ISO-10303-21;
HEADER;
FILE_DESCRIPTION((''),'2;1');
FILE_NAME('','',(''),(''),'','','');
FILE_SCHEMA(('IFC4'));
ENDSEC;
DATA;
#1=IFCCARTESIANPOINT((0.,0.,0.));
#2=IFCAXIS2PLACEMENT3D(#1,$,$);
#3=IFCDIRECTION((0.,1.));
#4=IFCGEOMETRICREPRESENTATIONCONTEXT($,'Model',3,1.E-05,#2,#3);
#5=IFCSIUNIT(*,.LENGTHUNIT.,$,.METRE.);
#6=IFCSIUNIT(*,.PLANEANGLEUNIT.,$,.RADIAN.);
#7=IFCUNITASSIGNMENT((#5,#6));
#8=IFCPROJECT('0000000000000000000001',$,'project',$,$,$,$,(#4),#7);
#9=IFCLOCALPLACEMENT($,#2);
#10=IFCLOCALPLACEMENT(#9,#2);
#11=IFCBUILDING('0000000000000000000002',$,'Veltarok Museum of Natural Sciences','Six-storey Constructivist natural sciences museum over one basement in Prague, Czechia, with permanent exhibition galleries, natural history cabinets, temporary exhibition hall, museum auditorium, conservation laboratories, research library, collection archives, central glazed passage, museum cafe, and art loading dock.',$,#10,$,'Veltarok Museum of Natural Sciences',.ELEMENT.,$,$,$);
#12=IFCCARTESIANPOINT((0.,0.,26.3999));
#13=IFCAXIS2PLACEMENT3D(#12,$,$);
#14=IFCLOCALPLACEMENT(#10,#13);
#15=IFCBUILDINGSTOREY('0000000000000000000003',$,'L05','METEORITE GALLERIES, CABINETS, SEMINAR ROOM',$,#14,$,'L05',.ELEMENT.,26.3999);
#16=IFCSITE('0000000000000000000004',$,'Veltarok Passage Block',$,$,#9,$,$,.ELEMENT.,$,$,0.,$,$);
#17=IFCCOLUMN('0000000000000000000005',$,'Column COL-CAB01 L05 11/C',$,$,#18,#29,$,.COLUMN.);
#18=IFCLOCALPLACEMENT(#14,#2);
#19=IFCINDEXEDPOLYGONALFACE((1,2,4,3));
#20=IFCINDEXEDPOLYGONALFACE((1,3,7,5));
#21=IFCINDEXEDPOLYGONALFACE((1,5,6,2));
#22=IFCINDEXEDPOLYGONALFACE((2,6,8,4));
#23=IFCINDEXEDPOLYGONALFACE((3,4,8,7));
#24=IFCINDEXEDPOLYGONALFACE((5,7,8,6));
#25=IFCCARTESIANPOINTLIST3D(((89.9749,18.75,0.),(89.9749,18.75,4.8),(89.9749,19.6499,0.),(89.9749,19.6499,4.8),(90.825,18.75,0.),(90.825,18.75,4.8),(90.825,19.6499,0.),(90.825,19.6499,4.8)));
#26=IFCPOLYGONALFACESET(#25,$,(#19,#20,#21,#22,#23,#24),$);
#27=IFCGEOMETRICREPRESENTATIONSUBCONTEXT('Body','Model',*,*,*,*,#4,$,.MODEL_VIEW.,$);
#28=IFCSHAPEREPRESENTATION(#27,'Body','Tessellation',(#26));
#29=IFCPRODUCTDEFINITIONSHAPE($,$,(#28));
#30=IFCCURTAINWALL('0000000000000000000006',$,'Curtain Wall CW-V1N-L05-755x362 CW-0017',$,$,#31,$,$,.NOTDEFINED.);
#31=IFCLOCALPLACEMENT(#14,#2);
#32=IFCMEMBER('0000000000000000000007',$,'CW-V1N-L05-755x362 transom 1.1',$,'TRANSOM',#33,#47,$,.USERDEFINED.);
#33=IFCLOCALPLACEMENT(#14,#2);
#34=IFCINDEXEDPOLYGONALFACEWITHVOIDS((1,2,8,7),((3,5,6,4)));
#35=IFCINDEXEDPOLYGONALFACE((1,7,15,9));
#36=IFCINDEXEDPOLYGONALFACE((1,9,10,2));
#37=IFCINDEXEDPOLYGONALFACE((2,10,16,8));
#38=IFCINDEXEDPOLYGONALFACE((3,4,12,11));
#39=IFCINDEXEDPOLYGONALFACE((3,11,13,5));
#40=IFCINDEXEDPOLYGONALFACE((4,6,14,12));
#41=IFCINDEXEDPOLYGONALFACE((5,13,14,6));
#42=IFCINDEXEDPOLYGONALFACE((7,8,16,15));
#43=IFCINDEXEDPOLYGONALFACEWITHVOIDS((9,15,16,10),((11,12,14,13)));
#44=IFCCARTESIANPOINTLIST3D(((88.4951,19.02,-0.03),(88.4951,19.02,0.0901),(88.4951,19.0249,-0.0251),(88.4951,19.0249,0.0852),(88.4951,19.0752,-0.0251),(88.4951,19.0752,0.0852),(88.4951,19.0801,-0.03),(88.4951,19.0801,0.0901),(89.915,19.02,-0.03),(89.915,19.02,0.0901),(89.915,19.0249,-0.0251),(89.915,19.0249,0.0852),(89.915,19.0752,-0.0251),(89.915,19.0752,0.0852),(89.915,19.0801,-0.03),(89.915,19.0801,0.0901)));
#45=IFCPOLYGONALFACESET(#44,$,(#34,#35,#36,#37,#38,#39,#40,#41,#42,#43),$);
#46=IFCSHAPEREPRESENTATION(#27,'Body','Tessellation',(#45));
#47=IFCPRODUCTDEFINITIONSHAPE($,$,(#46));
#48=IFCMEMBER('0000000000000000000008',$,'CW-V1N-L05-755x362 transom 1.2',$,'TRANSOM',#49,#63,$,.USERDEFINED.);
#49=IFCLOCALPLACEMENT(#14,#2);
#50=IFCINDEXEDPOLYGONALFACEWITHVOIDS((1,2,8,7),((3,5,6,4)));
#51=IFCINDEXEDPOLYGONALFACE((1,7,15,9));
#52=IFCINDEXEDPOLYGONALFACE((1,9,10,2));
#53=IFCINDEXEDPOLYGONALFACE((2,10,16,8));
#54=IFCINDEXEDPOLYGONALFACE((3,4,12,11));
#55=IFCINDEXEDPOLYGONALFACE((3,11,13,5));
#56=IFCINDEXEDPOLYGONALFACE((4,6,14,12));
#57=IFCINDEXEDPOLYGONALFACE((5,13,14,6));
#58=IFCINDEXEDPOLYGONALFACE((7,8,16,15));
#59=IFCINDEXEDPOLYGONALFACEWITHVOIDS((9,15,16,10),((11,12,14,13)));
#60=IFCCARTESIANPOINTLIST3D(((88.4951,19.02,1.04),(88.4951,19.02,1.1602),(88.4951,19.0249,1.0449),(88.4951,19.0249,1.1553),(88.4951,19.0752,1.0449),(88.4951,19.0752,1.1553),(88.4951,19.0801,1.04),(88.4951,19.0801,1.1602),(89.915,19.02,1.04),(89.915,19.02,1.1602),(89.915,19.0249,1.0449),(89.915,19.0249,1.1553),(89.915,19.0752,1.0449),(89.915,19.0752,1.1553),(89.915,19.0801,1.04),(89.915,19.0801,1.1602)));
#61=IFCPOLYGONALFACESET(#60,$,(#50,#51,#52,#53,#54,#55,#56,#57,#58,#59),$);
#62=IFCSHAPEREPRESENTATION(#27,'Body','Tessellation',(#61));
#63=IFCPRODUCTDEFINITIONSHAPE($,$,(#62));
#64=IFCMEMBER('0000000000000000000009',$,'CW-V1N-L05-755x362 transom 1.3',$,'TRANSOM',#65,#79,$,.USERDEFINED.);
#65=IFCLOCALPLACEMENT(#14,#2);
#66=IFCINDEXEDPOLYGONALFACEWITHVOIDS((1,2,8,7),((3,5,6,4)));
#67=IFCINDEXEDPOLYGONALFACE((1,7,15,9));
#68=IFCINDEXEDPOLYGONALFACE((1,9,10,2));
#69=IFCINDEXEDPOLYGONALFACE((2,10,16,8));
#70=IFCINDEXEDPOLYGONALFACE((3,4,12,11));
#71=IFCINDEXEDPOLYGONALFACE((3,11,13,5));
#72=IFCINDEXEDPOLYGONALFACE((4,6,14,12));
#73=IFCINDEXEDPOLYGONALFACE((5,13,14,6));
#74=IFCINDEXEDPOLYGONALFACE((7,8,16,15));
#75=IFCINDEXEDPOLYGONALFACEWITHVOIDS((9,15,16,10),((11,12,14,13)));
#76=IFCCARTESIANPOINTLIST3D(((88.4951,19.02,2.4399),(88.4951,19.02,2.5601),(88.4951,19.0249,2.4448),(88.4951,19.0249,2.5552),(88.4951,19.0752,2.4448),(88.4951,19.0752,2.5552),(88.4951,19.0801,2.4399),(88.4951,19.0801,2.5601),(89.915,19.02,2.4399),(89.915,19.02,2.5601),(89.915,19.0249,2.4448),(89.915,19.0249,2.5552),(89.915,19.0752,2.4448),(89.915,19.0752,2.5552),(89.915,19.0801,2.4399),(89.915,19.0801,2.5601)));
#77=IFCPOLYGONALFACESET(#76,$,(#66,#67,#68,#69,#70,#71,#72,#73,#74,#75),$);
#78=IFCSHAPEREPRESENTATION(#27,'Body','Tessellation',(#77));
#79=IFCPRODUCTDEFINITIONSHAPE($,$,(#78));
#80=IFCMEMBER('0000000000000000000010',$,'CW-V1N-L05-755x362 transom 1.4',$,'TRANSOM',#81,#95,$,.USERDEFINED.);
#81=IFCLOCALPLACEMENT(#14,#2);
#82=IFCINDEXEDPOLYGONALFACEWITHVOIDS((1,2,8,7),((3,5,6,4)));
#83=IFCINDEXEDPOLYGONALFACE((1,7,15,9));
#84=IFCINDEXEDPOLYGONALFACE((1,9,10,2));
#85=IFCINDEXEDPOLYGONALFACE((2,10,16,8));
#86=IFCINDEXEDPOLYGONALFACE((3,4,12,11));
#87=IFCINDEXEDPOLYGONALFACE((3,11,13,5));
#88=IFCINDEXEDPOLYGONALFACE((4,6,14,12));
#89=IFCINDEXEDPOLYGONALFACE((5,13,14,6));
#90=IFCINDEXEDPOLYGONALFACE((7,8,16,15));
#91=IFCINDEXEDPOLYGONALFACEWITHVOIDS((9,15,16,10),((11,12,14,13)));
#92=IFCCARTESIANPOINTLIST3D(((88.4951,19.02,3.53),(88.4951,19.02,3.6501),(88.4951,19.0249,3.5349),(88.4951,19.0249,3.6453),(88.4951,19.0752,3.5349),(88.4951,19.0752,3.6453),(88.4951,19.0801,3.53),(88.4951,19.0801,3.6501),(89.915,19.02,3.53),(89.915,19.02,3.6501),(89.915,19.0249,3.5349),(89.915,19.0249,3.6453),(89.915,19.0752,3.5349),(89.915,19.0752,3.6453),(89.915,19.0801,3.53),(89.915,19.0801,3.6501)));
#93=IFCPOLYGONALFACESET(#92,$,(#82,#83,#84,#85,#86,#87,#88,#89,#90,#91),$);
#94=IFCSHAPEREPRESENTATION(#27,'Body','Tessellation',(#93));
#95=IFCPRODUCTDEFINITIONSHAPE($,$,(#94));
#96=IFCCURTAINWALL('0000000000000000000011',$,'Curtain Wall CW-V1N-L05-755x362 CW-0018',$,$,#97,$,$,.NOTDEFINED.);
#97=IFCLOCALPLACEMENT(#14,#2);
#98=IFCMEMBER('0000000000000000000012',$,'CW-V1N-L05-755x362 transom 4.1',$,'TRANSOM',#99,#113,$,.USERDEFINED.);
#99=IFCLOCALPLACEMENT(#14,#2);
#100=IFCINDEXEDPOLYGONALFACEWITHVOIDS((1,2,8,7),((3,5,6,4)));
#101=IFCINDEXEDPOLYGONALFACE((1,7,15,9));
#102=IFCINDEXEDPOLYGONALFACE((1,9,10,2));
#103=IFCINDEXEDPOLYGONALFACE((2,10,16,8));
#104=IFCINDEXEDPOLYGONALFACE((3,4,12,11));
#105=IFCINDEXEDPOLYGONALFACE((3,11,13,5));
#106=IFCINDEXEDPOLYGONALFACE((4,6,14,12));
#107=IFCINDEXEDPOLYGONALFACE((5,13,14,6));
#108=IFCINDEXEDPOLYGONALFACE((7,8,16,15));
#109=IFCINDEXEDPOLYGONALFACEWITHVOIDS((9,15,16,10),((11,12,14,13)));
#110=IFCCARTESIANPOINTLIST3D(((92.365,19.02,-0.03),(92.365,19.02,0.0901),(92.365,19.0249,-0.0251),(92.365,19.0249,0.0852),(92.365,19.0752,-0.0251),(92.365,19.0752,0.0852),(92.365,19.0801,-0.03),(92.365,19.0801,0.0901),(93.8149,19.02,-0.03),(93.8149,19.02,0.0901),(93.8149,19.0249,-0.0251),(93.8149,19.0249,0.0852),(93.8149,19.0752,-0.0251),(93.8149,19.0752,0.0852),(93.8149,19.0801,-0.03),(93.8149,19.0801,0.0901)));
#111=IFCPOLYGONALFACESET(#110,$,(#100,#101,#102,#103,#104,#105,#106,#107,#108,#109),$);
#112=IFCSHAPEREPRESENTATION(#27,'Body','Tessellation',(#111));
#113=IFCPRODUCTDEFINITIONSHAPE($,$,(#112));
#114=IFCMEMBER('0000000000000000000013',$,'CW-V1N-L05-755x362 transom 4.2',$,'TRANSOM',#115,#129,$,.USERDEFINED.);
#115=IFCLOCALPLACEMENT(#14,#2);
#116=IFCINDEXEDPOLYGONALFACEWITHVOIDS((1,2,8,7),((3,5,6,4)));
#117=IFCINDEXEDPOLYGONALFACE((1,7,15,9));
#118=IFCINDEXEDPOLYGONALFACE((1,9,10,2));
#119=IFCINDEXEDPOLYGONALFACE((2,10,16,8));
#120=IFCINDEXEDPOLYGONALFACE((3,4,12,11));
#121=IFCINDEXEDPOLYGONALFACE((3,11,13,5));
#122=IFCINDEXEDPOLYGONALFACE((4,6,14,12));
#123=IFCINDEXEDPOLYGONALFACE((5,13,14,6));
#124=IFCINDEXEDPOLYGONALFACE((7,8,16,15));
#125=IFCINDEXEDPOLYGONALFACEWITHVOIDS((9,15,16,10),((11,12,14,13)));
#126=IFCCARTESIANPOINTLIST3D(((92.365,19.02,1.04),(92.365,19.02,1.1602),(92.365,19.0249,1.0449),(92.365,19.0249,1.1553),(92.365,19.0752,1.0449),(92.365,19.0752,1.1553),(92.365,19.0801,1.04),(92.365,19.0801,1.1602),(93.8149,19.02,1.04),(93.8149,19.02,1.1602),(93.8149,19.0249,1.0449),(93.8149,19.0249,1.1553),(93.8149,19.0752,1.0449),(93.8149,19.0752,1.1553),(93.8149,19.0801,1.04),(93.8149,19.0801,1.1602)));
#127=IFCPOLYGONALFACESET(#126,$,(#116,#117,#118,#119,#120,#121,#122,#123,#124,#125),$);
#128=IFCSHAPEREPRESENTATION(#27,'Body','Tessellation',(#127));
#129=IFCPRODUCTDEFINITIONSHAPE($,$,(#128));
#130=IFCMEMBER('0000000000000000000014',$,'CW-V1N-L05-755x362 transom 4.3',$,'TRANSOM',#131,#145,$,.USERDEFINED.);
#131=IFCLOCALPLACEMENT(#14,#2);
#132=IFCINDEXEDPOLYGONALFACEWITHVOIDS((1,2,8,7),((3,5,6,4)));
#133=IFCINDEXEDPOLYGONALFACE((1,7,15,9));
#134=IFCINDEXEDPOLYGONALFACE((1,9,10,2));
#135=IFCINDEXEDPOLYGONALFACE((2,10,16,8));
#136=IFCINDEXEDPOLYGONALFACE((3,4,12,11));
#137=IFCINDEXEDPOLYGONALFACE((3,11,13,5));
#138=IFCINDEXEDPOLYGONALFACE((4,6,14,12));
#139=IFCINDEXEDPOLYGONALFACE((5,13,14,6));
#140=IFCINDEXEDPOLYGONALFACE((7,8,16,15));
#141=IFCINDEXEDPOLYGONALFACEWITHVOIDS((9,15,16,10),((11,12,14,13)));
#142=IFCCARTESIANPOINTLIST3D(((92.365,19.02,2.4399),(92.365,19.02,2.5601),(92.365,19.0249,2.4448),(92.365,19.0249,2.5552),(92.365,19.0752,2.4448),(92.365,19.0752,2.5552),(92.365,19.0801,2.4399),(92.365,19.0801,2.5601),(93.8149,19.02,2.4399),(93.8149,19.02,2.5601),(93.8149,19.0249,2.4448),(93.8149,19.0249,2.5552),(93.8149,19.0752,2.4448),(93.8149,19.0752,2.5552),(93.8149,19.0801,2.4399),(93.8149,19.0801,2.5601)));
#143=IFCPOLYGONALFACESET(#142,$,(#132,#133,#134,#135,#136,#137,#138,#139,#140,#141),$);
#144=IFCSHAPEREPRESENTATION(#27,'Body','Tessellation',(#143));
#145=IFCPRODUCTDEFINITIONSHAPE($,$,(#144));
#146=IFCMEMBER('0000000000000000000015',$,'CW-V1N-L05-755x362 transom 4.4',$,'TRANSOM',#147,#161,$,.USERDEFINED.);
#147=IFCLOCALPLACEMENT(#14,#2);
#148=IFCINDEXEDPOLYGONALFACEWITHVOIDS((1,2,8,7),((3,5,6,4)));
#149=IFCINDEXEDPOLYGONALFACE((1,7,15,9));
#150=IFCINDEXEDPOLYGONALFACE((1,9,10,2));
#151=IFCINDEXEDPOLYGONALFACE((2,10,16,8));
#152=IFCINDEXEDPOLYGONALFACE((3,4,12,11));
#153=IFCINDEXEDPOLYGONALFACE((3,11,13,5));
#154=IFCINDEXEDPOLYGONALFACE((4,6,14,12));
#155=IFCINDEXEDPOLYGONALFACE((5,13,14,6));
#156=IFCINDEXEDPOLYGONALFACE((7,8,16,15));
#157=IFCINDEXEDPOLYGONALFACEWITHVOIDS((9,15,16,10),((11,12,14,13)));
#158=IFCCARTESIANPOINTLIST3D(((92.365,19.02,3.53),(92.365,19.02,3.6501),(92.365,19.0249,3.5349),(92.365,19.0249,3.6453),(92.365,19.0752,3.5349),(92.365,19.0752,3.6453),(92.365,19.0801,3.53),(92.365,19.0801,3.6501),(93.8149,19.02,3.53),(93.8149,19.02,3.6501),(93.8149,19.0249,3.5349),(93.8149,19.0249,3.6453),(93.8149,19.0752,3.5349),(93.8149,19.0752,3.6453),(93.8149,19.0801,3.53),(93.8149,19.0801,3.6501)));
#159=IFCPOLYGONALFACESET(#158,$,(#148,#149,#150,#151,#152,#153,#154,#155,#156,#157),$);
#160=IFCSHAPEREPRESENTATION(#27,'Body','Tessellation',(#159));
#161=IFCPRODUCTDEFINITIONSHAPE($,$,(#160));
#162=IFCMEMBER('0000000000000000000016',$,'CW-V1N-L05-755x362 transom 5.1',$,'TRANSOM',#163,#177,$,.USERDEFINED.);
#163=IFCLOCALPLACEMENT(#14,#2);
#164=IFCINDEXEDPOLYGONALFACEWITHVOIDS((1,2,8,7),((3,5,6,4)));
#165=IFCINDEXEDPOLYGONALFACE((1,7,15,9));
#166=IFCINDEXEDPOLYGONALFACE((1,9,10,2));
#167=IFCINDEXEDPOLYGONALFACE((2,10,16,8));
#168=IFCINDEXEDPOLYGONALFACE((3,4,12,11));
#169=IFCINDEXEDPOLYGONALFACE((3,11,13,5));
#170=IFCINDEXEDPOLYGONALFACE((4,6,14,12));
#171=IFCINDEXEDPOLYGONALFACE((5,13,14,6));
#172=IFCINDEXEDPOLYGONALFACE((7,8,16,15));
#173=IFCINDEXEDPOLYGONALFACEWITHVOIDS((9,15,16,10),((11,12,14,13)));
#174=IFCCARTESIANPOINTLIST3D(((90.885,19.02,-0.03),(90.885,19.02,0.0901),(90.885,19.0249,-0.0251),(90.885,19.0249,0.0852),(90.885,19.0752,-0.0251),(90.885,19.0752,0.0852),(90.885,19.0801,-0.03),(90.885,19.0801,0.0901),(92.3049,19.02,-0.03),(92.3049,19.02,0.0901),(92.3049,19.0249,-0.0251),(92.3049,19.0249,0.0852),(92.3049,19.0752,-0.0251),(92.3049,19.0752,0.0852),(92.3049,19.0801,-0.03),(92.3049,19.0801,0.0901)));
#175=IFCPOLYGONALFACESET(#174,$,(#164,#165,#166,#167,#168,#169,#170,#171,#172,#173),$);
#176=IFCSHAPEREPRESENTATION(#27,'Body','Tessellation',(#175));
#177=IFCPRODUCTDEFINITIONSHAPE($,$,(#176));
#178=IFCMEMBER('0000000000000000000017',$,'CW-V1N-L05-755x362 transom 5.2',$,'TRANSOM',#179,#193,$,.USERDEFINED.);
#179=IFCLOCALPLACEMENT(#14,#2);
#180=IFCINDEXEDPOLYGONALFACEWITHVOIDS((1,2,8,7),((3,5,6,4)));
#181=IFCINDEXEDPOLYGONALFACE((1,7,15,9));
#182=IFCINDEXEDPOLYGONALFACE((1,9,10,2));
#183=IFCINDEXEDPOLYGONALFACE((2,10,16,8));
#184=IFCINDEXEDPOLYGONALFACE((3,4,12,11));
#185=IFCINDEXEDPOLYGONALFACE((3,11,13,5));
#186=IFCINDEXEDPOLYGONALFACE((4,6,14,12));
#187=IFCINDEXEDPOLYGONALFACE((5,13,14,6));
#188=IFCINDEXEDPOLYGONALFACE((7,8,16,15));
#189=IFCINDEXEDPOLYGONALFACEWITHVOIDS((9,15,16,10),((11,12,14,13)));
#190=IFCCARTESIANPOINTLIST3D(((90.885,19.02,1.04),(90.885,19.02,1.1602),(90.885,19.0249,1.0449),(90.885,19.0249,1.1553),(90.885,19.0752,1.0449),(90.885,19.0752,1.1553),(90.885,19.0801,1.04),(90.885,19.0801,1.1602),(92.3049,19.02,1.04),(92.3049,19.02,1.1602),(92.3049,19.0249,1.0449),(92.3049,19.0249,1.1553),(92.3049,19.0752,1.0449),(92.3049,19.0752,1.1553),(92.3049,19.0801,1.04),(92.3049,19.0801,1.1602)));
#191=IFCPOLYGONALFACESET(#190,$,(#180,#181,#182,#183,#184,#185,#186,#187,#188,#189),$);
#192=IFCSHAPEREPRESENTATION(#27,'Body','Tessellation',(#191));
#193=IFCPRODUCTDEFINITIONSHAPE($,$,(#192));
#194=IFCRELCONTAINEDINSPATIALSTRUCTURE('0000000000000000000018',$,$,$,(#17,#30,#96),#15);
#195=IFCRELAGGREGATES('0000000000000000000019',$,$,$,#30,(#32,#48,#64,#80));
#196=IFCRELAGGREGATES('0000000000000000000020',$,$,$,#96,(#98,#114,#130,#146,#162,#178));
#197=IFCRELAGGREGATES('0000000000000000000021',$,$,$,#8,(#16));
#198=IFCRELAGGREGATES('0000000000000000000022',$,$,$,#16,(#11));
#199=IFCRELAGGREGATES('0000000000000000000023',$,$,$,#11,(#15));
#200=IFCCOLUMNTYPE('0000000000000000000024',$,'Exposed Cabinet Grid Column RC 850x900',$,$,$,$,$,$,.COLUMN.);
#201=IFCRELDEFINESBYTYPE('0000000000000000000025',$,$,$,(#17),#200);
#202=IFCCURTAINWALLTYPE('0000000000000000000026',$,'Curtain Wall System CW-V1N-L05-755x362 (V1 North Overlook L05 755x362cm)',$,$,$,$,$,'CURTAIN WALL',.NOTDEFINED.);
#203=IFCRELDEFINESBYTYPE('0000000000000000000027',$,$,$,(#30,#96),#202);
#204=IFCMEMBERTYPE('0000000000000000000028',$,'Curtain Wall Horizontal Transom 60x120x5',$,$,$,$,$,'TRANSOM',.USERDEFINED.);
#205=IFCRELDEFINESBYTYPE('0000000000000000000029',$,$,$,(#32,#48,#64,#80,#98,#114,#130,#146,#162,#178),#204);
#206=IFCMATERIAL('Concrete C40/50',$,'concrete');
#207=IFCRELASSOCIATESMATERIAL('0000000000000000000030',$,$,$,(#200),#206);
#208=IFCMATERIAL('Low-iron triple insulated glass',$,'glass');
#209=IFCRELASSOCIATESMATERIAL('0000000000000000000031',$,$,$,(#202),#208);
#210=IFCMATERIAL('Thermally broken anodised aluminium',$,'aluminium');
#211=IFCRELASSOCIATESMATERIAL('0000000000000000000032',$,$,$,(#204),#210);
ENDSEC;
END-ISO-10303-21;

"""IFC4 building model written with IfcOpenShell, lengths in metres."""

from ifc_helpers import new_model, si_unit, direction, frame, origin, origin_2d, place, context, subcontext, project, spatial, rectangle, hollow_rectangle, extrude, material, material_profile, profile_set, type_object, element, aggregate, save


model = new_model("IFC4")

# Units and contexts
model_context = context("Model", 3, precision=1e-05, world=origin(), true_north=direction((0.0, 1.0)))
body_context = subcontext(model_context, "Body", "Model", "MODEL_VIEW")
ifc_project = project(units=[si_unit("LENGTHUNIT", "METRE"), si_unit("PLANEANGLEUNIT", "RADIAN")], contexts=[model_context])

# Site, building, storey
site_placement = place(None, origin())
site = spatial("IfcSite", under=ifc_project, at=site_placement, Name="Veltarok Passage Block", CompositionType="ELEMENT", RefElevation=0.0)
building_placement = place(site_placement, origin())
building = spatial("IfcBuilding", under=site, at=building_placement, Name="Veltarok Museum of Natural Sciences", Description="Six-storey Constructivist natural sciences museum over one basement in Prague, Czechia, with permanent exhibition galleries, natural history cabinets, temporary exhibition hall, museum auditorium, conservation laboratories, research library, collection archives, central glazed passage, museum cafe, and art loading dock.", LongName="Veltarok Museum of Natural Sciences", CompositionType="ELEMENT")
storey_placement = place(building_placement, frame((0.0, 0.0, 26.3999)))
storey = spatial("IfcBuildingStorey", under=building, at=storey_placement, Name="L05", Description="METEORITE GALLERIES, CABINETS, SEMINAR ROOM", LongName="L05", CompositionType="ELEMENT", Elevation=26.3999)

# Column
ifc_material_1 = material(Name="Concrete C40/50", Category="concrete")
ifc_material_profile_1 = material_profile(ifc_material_1, rectangle(XDim=0.8501, YDim=0.8999, at=origin_2d()), Name="RC 850x900")
ifc_profile_set_1 = profile_set([ifc_material_profile_1], Name="Concrete C40/50")
column_type = type_object("IfcColumnType", Name="Exposed Cabinet Grid Column RC 850x900", PredefinedType="COLUMN", material=ifc_profile_set_1)
column_placement = place(storey_placement, frame((90.3999, 19.2, 0.0), z_axis=(0.0, 0.0, 1.0), x_axis=(1.0, 0.0, 0.0)))
element("IfcColumn", 1, at=column_placement, inside=storey, type_object=column_type, Name="Column COL-CAB01 L05 11/C", PredefinedType="COLUMN", context=body_context, shape_type="SweptSolid", body=[
    extrude(rectangle(XDim=0.8501, YDim=0.8999, at=origin_2d()), origin(), (0.0, 0.0, 1.0), 4.8),
])

# Curtain walls, members
ifc_material_2 = material(Name="Low-iron triple insulated glass", Category="glass")
curtain_wall_type = type_object("IfcCurtainWallType", Name="Curtain Wall System CW-V1N-L05-755x362 (V1 North Overlook L05 755x362cm)", ElementType="CURTAIN WALL", PredefinedType="NOTDEFINED", material=ifc_material_2)
curtain_wall_1_placement = place(storey_placement, origin())
curtain_wall_1 = element("IfcCurtainWall", 2, at=curtain_wall_1_placement, inside=storey, type_object=curtain_wall_type, Name="Curtain Wall CW-V1N-L05-755x362 CW-0017", PredefinedType="NOTDEFINED")
ifc_material_3 = material(Name="Thermally broken anodised aluminium", Category="aluminium")
ifc_material_profile_2 = material_profile(ifc_material_3, hollow_rectangle(XDim=0.0601, YDim=0.1201, WallThickness=0.0049, at=origin_2d()), Name="CW TRANSOM 60x120x5")
ifc_profile_set_2 = profile_set([ifc_material_profile_2], Name="Thermally broken anodised aluminium")
member_type_1 = type_object("IfcMemberType", Name="Curtain Wall Horizontal Transom 60x120x5", ElementType="TRANSOM", PredefinedType="USERDEFINED", material=ifc_profile_set_2)
member_1_placement = place(storey_placement, frame((89.915, 19.05, 0.03), z_axis=(-1.0, 0.0, 0.0), x_axis=(0.0, -1.0, 0.0)))
member_1 = element("IfcMember", 3, at=member_1_placement, type_object=member_type_1, Name="CW-V1N-L05-755x362 transom 1.1", ObjectType="TRANSOM", PredefinedType="USERDEFINED", context=body_context, shape_type="SweptSolid", body=[
    extrude(hollow_rectangle(XDim=0.0601, YDim=0.1201, WallThickness=0.0049, at=origin_2d()), origin(), (0.0, 0.0, 1.0), 1.4199),
])
member_2_placement = place(storey_placement, frame((89.915, 19.05, 1.1001), z_axis=(-1.0, 0.0, 0.0), x_axis=(0.0, -1.0, 0.0)))
member_2 = element("IfcMember", 4, at=member_2_placement, type_object=member_type_1, Name="CW-V1N-L05-755x362 transom 1.2", ObjectType="TRANSOM", PredefinedType="USERDEFINED", context=body_context, shape_type="SweptSolid", body=[
    extrude(hollow_rectangle(XDim=0.0601, YDim=0.1201, WallThickness=0.0049, at=origin_2d()), origin(), (0.0, 0.0, 1.0), 1.4199),
])
member_3_placement = place(storey_placement, frame((89.915, 19.05, 2.5), z_axis=(-1.0, 0.0, 0.0), x_axis=(0.0, -1.0, 0.0)))
member_3 = element("IfcMember", 5, at=member_3_placement, type_object=member_type_1, Name="CW-V1N-L05-755x362 transom 1.3", ObjectType="TRANSOM", PredefinedType="USERDEFINED", context=body_context, shape_type="SweptSolid", body=[
    extrude(hollow_rectangle(XDim=0.0601, YDim=0.1201, WallThickness=0.0049, at=origin_2d()), origin(), (0.0, 0.0, 1.0), 1.4199),
])
member_4_placement = place(storey_placement, frame((89.915, 19.05, 3.5901), z_axis=(-1.0, 0.0, 0.0), x_axis=(0.0, -1.0, 0.0)))
member_4 = element("IfcMember", 6, at=member_4_placement, type_object=member_type_1, Name="CW-V1N-L05-755x362 transom 1.4", ObjectType="TRANSOM", PredefinedType="USERDEFINED", context=body_context, shape_type="SweptSolid", body=[
    extrude(hollow_rectangle(XDim=0.0601, YDim=0.1201, WallThickness=0.0049, at=origin_2d()), origin(), (0.0, 0.0, 1.0), 1.4199),
])
curtain_wall_2_placement = place(storey_placement, origin())
curtain_wall_2 = element("IfcCurtainWall", 7, at=curtain_wall_2_placement, inside=storey, type_object=curtain_wall_type, Name="Curtain Wall CW-V1N-L05-755x362 CW-0018", PredefinedType="NOTDEFINED")
member_5_placement = place(storey_placement, frame((93.8149, 19.05, 0.03), z_axis=(-1.0, 0.0, 0.0), x_axis=(0.0, -1.0, 0.0)))
member_5 = element("IfcMember", 8, at=member_5_placement, type_object=member_type_1, Name="CW-V1N-L05-755x362 transom 4.1", ObjectType="TRANSOM", PredefinedType="USERDEFINED", context=body_context, shape_type="SweptSolid", body=[
    extrude(hollow_rectangle(XDim=0.0601, YDim=0.1201, WallThickness=0.0049, at=origin_2d()), origin(), (0.0, 0.0, 1.0), 1.45),
])
member_6_placement = place(storey_placement, frame((93.8149, 19.05, 1.1001), z_axis=(-1.0, 0.0, 0.0), x_axis=(0.0, -1.0, 0.0)))
member_6 = element("IfcMember", 9, at=member_6_placement, type_object=member_type_1, Name="CW-V1N-L05-755x362 transom 4.2", ObjectType="TRANSOM", PredefinedType="USERDEFINED", context=body_context, shape_type="SweptSolid", body=[
    extrude(hollow_rectangle(XDim=0.0601, YDim=0.1201, WallThickness=0.0049, at=origin_2d()), origin(), (0.0, 0.0, 1.0), 1.45),
])
member_7_placement = place(storey_placement, frame((93.8149, 19.05, 2.5), z_axis=(-1.0, 0.0, 0.0), x_axis=(0.0, -1.0, 0.0)))
member_7 = element("IfcMember", 10, at=member_7_placement, type_object=member_type_1, Name="CW-V1N-L05-755x362 transom 4.3", ObjectType="TRANSOM", PredefinedType="USERDEFINED", context=body_context, shape_type="SweptSolid", body=[
    extrude(hollow_rectangle(XDim=0.0601, YDim=0.1201, WallThickness=0.0049, at=origin_2d()), origin(), (0.0, 0.0, 1.0), 1.45),
])
member_8_placement = place(storey_placement, frame((93.8149, 19.05, 3.5901), z_axis=(-1.0, 0.0, 0.0), x_axis=(0.0, -1.0, 0.0)))
member_8 = element("IfcMember", 11, at=member_8_placement, type_object=member_type_1, Name="CW-V1N-L05-755x362 transom 4.4", ObjectType="TRANSOM", PredefinedType="USERDEFINED", context=body_context, shape_type="SweptSolid", body=[
    extrude(hollow_rectangle(XDim=0.0601, YDim=0.1201, WallThickness=0.0049, at=origin_2d()), origin(), (0.0, 0.0, 1.0), 1.45),
])
member_9_placement = place(storey_placement, frame((92.3049, 19.05, 0.03), z_axis=(-1.0, 0.0, 0.0), x_axis=(0.0, -1.0, 0.0)))
member_9 = element("IfcMember", 12, at=member_9_placement, type_object=member_type_1, Name="CW-V1N-L05-755x362 transom 5.1", ObjectType="TRANSOM", PredefinedType="USERDEFINED", context=body_context, shape_type="SweptSolid", body=[
    extrude(hollow_rectangle(XDim=0.0601, YDim=0.1201, WallThickness=0.0049, at=origin_2d()), origin(), (0.0, 0.0, 1.0), 1.4199),
])
member_10_placement = place(storey_placement, frame((92.3049, 19.05, 1.1001), z_axis=(-1.0, 0.0, 0.0), x_axis=(0.0, -1.0, 0.0)))
member_10 = element("IfcMember", 13, at=member_10_placement, type_object=member_type_1, Name="CW-V1N-L05-755x362 transom 5.2", ObjectType="TRANSOM", PredefinedType="USERDEFINED", context=body_context, shape_type="SweptSolid", body=[
    extrude(hollow_rectangle(XDim=0.0601, YDim=0.1201, WallThickness=0.0049, at=origin_2d()), origin(), (0.0, 0.0, 1.0), 1.4199),
])

aggregate(curtain_wall_1, [member_1, member_2, member_3, member_4])

aggregate(curtain_wall_2, [member_5, member_6, member_7, member_8, member_9, member_10])

save(model, "model.ifc")
